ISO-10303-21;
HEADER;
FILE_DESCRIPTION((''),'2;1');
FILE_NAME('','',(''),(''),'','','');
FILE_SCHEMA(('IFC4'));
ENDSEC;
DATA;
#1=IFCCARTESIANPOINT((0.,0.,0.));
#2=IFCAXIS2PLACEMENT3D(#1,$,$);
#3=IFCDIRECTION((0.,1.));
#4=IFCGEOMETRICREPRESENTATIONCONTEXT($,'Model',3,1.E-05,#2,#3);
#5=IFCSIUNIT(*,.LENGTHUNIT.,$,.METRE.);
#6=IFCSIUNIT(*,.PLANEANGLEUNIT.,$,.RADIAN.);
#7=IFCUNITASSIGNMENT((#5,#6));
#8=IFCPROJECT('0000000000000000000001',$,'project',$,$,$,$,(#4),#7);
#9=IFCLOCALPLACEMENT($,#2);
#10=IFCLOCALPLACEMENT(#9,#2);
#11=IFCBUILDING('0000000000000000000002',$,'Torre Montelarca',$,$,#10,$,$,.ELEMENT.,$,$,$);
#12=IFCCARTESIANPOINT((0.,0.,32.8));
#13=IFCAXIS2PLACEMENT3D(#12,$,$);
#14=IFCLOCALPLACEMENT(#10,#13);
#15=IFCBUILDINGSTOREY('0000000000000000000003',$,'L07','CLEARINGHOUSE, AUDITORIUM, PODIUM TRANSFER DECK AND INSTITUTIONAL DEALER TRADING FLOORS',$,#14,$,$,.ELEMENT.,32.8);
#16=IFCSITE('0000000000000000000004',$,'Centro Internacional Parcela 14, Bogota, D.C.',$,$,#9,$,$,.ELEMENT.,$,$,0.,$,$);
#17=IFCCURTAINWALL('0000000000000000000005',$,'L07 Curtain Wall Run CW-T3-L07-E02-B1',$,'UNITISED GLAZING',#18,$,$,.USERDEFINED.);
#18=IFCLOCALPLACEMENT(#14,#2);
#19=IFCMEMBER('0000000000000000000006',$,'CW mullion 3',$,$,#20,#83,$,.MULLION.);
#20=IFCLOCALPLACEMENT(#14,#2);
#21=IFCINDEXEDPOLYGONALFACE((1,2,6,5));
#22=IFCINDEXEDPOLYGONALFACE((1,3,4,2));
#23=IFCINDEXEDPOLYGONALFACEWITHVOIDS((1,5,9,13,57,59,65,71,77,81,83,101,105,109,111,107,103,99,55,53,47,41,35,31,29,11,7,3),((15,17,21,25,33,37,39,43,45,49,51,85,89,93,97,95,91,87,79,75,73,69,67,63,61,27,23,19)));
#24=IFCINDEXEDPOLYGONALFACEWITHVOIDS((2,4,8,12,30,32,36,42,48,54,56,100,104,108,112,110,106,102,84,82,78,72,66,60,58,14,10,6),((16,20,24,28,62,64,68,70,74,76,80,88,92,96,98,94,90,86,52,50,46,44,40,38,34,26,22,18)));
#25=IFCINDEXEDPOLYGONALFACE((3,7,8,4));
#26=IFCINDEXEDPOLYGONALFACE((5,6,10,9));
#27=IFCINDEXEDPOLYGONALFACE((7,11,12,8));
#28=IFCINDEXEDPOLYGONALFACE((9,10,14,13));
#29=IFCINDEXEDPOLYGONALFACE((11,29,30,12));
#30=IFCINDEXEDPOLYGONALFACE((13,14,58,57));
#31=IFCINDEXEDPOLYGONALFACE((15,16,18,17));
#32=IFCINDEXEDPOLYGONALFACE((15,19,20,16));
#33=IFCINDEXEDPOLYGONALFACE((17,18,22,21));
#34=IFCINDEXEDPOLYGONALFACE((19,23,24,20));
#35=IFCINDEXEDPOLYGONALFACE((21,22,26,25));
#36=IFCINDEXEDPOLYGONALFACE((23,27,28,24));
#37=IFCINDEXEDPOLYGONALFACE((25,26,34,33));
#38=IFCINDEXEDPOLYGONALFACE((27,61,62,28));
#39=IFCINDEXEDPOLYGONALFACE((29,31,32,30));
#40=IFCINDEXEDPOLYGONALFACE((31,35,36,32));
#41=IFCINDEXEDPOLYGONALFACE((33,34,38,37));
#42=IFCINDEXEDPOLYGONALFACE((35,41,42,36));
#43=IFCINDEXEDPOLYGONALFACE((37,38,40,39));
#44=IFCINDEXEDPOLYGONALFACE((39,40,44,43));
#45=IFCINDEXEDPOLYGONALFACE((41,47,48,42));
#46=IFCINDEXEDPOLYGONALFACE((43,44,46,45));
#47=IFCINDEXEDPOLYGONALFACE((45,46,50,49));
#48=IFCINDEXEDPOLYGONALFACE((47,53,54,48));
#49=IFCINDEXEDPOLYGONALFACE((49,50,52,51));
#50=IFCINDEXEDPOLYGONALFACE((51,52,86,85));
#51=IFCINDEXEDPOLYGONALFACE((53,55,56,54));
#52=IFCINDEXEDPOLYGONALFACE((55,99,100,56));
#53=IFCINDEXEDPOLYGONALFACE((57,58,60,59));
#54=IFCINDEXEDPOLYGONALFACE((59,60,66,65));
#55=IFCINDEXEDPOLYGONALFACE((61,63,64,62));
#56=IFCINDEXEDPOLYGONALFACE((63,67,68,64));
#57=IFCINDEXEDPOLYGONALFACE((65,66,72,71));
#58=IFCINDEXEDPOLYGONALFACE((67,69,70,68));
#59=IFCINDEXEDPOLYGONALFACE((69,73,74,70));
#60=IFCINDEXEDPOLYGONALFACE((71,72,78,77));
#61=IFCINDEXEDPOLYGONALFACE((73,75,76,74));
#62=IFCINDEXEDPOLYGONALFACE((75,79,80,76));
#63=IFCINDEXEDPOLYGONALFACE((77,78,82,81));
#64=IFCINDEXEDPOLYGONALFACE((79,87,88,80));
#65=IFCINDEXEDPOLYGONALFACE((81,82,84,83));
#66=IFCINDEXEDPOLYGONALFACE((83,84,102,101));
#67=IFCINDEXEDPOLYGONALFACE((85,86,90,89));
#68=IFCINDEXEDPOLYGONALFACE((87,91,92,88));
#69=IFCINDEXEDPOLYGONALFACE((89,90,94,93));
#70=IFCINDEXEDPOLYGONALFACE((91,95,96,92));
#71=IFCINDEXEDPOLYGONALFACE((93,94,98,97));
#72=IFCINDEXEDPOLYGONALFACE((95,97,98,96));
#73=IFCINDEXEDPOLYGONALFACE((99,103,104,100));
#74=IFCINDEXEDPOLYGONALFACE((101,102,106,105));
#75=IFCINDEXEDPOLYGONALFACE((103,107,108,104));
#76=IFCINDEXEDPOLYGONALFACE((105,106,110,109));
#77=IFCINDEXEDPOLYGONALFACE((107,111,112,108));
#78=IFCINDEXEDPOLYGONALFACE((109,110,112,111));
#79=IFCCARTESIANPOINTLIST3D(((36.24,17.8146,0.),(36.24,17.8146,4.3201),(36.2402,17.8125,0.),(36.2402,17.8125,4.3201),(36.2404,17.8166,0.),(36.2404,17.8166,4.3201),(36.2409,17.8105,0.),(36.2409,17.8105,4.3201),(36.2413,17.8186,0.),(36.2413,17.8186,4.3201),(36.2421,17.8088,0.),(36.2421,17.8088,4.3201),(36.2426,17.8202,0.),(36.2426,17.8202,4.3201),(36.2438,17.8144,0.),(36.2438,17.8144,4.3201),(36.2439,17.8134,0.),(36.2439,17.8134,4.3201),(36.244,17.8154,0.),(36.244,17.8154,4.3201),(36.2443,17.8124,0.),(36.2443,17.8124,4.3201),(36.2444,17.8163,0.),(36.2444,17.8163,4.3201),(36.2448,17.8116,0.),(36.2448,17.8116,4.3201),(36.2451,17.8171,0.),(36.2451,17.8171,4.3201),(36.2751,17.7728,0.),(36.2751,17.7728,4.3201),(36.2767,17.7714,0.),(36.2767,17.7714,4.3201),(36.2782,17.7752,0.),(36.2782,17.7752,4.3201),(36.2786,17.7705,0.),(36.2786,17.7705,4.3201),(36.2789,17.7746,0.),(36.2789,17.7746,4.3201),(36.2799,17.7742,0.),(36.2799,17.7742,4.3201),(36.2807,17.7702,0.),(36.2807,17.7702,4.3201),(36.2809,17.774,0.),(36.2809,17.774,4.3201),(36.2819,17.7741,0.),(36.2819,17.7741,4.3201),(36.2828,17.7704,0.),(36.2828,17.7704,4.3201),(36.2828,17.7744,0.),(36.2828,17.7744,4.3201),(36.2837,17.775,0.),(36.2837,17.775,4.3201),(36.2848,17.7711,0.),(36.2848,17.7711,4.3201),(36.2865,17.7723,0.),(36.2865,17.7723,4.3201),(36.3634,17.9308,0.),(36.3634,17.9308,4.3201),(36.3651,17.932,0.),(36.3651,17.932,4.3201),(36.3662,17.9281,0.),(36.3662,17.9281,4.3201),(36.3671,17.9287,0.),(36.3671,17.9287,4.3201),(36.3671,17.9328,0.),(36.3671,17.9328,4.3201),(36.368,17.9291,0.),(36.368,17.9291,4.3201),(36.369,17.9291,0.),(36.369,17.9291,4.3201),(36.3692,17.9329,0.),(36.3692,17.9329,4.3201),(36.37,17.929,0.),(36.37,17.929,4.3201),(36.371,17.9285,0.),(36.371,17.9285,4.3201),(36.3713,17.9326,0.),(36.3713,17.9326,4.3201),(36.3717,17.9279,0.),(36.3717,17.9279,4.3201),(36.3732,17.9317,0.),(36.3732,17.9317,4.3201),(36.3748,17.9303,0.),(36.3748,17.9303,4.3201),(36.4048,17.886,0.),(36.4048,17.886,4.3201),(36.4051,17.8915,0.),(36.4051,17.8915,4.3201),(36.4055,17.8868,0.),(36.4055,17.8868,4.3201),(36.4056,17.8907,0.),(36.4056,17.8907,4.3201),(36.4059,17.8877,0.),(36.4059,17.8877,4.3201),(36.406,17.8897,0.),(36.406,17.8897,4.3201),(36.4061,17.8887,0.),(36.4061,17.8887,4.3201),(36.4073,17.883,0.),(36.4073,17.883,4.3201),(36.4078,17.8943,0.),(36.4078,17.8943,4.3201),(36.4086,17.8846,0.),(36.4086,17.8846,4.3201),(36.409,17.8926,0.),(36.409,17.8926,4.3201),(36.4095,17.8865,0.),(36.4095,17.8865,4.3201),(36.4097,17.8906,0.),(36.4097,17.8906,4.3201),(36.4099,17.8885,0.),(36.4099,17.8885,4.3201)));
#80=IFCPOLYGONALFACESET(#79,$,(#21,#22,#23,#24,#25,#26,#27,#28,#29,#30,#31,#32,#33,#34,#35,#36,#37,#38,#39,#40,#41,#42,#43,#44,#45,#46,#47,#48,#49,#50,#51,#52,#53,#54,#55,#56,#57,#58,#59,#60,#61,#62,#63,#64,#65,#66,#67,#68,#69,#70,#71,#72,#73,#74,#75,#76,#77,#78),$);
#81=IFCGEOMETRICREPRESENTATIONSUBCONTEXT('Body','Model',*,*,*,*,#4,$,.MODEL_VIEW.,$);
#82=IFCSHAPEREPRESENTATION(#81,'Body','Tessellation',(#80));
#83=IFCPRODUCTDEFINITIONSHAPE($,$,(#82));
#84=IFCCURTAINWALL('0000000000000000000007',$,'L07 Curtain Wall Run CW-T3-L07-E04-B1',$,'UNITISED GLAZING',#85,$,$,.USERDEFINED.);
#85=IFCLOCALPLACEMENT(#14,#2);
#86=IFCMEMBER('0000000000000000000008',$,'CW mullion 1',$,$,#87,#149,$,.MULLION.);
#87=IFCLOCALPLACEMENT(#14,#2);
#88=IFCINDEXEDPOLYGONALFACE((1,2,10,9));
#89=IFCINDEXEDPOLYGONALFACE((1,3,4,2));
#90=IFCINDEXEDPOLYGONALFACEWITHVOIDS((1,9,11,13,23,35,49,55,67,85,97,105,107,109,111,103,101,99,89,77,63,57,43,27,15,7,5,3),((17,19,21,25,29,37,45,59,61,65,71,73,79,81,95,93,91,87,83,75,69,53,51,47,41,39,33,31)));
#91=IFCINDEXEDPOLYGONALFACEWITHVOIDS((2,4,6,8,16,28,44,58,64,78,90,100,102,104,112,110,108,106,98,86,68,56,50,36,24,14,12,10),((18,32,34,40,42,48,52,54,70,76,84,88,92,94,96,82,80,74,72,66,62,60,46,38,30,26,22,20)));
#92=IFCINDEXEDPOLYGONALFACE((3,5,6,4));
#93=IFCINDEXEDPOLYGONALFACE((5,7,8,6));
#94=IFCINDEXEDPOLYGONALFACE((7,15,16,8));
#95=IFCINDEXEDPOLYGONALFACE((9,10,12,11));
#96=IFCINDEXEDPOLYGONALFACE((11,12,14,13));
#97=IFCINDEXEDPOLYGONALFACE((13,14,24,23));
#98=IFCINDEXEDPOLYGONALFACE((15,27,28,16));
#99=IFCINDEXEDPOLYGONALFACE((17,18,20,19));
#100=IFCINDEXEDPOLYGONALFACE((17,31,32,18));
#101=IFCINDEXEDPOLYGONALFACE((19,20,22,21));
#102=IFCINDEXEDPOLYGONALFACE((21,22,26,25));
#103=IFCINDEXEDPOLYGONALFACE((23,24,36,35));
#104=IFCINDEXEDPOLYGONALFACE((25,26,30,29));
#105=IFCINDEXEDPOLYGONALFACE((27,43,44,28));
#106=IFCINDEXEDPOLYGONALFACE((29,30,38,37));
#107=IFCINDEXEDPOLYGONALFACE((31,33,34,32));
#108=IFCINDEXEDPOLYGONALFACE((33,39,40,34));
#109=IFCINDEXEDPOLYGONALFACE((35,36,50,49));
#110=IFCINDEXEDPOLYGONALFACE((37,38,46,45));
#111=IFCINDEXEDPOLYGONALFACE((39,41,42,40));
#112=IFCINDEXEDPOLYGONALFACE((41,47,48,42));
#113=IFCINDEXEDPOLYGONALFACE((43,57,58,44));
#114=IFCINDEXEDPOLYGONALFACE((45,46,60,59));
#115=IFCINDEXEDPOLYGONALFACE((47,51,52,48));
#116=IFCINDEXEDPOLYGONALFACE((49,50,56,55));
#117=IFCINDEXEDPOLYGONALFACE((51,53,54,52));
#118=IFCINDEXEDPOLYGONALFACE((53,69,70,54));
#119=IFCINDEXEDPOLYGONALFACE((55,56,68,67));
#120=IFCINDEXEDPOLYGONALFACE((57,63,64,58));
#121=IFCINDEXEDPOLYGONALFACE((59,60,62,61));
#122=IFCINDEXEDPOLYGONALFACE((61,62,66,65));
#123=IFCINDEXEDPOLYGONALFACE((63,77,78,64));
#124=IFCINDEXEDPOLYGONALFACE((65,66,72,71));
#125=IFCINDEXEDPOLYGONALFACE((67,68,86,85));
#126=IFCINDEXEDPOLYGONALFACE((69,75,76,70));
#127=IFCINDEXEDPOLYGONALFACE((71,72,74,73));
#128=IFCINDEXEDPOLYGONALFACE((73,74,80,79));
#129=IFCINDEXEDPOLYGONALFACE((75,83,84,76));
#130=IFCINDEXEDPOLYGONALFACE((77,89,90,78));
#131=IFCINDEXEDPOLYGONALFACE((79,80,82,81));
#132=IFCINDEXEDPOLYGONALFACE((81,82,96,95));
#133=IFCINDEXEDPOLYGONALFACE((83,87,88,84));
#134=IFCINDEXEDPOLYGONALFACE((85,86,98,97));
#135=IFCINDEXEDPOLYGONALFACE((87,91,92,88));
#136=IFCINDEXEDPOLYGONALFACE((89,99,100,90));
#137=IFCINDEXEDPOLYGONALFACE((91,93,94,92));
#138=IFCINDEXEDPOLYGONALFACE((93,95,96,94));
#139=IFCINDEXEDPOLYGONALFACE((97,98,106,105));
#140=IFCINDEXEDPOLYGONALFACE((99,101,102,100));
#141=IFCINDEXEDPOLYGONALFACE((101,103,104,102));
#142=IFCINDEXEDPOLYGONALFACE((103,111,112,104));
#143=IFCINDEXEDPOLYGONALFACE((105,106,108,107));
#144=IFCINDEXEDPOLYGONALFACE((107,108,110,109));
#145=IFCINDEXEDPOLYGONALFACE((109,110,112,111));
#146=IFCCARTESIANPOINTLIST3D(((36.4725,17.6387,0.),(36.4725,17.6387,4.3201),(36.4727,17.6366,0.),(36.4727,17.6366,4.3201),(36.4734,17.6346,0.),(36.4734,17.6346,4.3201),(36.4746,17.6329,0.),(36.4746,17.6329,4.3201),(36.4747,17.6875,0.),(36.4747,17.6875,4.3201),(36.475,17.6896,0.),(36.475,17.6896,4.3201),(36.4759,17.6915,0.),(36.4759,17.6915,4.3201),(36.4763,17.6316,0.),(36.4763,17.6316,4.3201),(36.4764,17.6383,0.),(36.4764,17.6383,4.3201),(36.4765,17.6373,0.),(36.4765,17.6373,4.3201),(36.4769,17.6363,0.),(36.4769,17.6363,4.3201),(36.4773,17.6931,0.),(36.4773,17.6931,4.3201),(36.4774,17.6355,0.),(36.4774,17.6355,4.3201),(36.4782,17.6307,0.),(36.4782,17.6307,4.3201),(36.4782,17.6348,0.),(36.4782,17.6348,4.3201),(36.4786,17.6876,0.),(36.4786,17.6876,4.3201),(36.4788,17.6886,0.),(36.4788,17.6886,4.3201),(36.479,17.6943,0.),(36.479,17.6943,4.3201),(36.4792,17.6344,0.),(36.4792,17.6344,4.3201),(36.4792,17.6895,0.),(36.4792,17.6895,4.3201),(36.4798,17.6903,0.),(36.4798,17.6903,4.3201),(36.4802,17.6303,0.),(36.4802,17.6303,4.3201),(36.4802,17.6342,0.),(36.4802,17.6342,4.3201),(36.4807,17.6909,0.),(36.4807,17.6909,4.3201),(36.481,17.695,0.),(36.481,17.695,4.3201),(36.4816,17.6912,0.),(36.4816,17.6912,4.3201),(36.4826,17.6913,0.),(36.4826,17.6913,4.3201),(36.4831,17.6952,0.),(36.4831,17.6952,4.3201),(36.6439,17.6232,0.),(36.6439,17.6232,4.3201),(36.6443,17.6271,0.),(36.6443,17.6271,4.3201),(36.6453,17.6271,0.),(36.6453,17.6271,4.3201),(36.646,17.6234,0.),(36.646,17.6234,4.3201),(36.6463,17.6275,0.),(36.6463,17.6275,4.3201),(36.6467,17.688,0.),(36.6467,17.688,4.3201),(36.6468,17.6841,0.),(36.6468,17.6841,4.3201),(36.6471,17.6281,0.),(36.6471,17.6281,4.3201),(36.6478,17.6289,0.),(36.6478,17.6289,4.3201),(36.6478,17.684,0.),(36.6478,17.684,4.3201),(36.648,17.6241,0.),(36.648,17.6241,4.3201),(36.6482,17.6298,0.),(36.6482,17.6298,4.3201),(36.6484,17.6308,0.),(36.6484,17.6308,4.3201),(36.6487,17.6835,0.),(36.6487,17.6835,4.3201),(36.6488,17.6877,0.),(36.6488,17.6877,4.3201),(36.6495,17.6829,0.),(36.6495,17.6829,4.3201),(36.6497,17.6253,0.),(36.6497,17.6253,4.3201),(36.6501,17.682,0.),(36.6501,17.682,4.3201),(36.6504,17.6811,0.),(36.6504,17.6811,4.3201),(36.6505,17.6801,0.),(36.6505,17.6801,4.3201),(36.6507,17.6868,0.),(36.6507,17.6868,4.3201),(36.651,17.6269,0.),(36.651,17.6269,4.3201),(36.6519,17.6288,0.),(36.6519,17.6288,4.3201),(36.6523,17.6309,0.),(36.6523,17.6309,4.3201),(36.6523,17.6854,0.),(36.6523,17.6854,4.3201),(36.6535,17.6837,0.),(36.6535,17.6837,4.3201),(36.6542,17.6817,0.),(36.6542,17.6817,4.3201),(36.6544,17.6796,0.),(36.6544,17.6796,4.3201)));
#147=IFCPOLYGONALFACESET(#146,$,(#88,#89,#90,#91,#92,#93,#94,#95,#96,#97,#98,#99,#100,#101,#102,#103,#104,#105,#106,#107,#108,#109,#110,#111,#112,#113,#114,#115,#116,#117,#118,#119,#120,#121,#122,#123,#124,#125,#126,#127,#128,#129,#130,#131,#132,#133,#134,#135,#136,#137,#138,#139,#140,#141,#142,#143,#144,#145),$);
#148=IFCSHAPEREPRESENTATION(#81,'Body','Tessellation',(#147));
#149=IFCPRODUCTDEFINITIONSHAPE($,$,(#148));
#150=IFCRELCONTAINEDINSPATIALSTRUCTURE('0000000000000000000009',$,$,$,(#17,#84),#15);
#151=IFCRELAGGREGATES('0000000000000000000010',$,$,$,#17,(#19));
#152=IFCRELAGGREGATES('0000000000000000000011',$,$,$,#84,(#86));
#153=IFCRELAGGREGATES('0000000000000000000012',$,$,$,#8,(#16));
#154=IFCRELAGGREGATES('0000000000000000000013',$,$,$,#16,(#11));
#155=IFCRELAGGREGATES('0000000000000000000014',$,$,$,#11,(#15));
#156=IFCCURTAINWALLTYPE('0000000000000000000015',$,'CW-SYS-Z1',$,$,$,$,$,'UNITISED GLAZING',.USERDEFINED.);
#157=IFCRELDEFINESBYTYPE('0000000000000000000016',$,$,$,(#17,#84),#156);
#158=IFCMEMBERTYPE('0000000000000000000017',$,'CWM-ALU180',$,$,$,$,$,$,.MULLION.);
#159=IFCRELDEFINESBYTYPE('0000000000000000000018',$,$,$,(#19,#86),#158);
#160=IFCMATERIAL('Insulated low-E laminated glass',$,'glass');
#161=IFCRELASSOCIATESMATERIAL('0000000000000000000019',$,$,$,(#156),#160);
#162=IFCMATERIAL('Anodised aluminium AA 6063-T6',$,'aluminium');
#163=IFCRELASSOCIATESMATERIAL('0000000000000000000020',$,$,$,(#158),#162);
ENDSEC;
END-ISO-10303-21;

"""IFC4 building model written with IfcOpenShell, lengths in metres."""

from ifc_helpers import new_model, si_unit, direction, frame, origin, origin_2d, place, context, subcontext, project, spatial, hollow_rectangle, extrude, source, transform, mapped, material, material_profile, profile_set, type_object, element, aggregate, save


model = new_model("IFC4")

# Units and contexts
model_context = context("Model", 3, precision=1e-05, world=origin(), true_north=direction((0.0, 1.0)))
body_context = subcontext(model_context, "Body", "Model", "MODEL_VIEW")
ifc_project = project(units=[si_unit("LENGTHUNIT", "METRE"), si_unit("PLANEANGLEUNIT", "RADIAN")], contexts=[model_context])

# Site, building, storey
site_placement = place(None, origin())
site = spatial("IfcSite", under=ifc_project, at=site_placement, Name="Centro Internacional Parcela 14, Bogota, D.C.", CompositionType="ELEMENT", RefElevation=0.0)
building_placement = place(site_placement, origin())
building = spatial("IfcBuilding", under=site, at=building_placement, Name="Torre Montelarca", CompositionType="ELEMENT")
storey_placement = place(building_placement, frame((0.0, 0.0, 32.8)))
storey = spatial("IfcBuildingStorey", under=building, at=storey_placement, Name="L07", Description="CLEARINGHOUSE, AUDITORIUM, PODIUM TRANSFER DECK AND INSTITUTIONAL DEALER TRADING FLOORS", CompositionType="ELEMENT", Elevation=32.8)

# Curtain wall, member
ifc_material_1 = material(Name="Insulated low-E laminated glass", Category="glass")
curtain_wall_type = type_object("IfcCurtainWallType", Name="CW-SYS-Z1", ElementType="UNITISED GLAZING", PredefinedType="USERDEFINED", material=ifc_material_1)
curtain_wall_1_placement = place(storey_placement, origin())
curtain_wall_1 = element("IfcCurtainWall", 1, at=curtain_wall_1_placement, inside=storey, type_object=curtain_wall_type, Name="L07 Curtain Wall Run CW-T3-L07-E02-B1", ObjectType="UNITISED GLAZING", PredefinedType="USERDEFINED")
ifc_material_2 = material(Name="Anodised aluminium AA 6063-T6", Category="aluminium")
ifc_material_profile_1 = material_profile(ifc_material_2, hollow_rectangle(XDim=0.0649, YDim=0.1799, WallThickness=0.0039, InnerFilletRadius=0.0039, OuterFilletRadius=0.0081, at=origin_2d()), Name="ALU65X180X4", Category="aluminium")
ifc_profile_set_1 = profile_set([ifc_material_profile_1], Name="Anodised aluminium AA 6063-T6")
member_type_1 = type_object("IfcMemberType", Name="CWM-ALU180", PredefinedType="MULLION", material=ifc_profile_set_1)
shared_shape_1 = source(origin(), body_context, "Body", "SweptSolid", [
    extrude(hollow_rectangle(XDim=0.0649, YDim=0.1799, WallThickness=0.0039, InnerFilletRadius=0.0039, OuterFilletRadius=0.0081, at=origin_2d()), origin(), (0.0, 0.0, 1.0), 4.3201),
])
member_1_placement = place(storey_placement, frame((36.325, 17.8516, 0.0), z_axis=(0.0, 0.0, 1.0), x_axis=(-0.675575, 0.737292, 0.0)))
member_1 = element("IfcMember", 2, at=member_1_placement, type_object=member_type_1, Name="CW mullion 3", PredefinedType="MULLION", context=body_context, shape_type="MappedRepresentation", body=[
    mapped(shared_shape_1, transform((0.0, 0.0, 0.0), scale=1.0)),
])
aggregate(curtain_wall_1, [member_1])

# Curtain wall, member
curtain_wall_2_placement = place(storey_placement, origin())
curtain_wall_2 = element("IfcCurtainWall", 3, at=curtain_wall_2_placement, inside=storey, type_object=curtain_wall_type, Name="L07 Curtain Wall Run CW-T3-L07-E04-B1", ObjectType="UNITISED GLAZING", PredefinedType="USERDEFINED")
member_2_placement = place(storey_placement, frame((36.5635, 17.6592, 0.0), z_axis=(0.0, 0.0, 1.0), x_axis=(0.043617, 0.999048, 0.0)))
member_2 = element("IfcMember", 4, at=member_2_placement, type_object=member_type_1, Name="CW mullion 1", PredefinedType="MULLION", context=body_context, shape_type="MappedRepresentation", body=[
    mapped(shared_shape_1, transform((0.0, 0.0, 0.0), scale=1.0)),
])
aggregate(curtain_wall_2, [member_2])

save(model, "model.ifc")
